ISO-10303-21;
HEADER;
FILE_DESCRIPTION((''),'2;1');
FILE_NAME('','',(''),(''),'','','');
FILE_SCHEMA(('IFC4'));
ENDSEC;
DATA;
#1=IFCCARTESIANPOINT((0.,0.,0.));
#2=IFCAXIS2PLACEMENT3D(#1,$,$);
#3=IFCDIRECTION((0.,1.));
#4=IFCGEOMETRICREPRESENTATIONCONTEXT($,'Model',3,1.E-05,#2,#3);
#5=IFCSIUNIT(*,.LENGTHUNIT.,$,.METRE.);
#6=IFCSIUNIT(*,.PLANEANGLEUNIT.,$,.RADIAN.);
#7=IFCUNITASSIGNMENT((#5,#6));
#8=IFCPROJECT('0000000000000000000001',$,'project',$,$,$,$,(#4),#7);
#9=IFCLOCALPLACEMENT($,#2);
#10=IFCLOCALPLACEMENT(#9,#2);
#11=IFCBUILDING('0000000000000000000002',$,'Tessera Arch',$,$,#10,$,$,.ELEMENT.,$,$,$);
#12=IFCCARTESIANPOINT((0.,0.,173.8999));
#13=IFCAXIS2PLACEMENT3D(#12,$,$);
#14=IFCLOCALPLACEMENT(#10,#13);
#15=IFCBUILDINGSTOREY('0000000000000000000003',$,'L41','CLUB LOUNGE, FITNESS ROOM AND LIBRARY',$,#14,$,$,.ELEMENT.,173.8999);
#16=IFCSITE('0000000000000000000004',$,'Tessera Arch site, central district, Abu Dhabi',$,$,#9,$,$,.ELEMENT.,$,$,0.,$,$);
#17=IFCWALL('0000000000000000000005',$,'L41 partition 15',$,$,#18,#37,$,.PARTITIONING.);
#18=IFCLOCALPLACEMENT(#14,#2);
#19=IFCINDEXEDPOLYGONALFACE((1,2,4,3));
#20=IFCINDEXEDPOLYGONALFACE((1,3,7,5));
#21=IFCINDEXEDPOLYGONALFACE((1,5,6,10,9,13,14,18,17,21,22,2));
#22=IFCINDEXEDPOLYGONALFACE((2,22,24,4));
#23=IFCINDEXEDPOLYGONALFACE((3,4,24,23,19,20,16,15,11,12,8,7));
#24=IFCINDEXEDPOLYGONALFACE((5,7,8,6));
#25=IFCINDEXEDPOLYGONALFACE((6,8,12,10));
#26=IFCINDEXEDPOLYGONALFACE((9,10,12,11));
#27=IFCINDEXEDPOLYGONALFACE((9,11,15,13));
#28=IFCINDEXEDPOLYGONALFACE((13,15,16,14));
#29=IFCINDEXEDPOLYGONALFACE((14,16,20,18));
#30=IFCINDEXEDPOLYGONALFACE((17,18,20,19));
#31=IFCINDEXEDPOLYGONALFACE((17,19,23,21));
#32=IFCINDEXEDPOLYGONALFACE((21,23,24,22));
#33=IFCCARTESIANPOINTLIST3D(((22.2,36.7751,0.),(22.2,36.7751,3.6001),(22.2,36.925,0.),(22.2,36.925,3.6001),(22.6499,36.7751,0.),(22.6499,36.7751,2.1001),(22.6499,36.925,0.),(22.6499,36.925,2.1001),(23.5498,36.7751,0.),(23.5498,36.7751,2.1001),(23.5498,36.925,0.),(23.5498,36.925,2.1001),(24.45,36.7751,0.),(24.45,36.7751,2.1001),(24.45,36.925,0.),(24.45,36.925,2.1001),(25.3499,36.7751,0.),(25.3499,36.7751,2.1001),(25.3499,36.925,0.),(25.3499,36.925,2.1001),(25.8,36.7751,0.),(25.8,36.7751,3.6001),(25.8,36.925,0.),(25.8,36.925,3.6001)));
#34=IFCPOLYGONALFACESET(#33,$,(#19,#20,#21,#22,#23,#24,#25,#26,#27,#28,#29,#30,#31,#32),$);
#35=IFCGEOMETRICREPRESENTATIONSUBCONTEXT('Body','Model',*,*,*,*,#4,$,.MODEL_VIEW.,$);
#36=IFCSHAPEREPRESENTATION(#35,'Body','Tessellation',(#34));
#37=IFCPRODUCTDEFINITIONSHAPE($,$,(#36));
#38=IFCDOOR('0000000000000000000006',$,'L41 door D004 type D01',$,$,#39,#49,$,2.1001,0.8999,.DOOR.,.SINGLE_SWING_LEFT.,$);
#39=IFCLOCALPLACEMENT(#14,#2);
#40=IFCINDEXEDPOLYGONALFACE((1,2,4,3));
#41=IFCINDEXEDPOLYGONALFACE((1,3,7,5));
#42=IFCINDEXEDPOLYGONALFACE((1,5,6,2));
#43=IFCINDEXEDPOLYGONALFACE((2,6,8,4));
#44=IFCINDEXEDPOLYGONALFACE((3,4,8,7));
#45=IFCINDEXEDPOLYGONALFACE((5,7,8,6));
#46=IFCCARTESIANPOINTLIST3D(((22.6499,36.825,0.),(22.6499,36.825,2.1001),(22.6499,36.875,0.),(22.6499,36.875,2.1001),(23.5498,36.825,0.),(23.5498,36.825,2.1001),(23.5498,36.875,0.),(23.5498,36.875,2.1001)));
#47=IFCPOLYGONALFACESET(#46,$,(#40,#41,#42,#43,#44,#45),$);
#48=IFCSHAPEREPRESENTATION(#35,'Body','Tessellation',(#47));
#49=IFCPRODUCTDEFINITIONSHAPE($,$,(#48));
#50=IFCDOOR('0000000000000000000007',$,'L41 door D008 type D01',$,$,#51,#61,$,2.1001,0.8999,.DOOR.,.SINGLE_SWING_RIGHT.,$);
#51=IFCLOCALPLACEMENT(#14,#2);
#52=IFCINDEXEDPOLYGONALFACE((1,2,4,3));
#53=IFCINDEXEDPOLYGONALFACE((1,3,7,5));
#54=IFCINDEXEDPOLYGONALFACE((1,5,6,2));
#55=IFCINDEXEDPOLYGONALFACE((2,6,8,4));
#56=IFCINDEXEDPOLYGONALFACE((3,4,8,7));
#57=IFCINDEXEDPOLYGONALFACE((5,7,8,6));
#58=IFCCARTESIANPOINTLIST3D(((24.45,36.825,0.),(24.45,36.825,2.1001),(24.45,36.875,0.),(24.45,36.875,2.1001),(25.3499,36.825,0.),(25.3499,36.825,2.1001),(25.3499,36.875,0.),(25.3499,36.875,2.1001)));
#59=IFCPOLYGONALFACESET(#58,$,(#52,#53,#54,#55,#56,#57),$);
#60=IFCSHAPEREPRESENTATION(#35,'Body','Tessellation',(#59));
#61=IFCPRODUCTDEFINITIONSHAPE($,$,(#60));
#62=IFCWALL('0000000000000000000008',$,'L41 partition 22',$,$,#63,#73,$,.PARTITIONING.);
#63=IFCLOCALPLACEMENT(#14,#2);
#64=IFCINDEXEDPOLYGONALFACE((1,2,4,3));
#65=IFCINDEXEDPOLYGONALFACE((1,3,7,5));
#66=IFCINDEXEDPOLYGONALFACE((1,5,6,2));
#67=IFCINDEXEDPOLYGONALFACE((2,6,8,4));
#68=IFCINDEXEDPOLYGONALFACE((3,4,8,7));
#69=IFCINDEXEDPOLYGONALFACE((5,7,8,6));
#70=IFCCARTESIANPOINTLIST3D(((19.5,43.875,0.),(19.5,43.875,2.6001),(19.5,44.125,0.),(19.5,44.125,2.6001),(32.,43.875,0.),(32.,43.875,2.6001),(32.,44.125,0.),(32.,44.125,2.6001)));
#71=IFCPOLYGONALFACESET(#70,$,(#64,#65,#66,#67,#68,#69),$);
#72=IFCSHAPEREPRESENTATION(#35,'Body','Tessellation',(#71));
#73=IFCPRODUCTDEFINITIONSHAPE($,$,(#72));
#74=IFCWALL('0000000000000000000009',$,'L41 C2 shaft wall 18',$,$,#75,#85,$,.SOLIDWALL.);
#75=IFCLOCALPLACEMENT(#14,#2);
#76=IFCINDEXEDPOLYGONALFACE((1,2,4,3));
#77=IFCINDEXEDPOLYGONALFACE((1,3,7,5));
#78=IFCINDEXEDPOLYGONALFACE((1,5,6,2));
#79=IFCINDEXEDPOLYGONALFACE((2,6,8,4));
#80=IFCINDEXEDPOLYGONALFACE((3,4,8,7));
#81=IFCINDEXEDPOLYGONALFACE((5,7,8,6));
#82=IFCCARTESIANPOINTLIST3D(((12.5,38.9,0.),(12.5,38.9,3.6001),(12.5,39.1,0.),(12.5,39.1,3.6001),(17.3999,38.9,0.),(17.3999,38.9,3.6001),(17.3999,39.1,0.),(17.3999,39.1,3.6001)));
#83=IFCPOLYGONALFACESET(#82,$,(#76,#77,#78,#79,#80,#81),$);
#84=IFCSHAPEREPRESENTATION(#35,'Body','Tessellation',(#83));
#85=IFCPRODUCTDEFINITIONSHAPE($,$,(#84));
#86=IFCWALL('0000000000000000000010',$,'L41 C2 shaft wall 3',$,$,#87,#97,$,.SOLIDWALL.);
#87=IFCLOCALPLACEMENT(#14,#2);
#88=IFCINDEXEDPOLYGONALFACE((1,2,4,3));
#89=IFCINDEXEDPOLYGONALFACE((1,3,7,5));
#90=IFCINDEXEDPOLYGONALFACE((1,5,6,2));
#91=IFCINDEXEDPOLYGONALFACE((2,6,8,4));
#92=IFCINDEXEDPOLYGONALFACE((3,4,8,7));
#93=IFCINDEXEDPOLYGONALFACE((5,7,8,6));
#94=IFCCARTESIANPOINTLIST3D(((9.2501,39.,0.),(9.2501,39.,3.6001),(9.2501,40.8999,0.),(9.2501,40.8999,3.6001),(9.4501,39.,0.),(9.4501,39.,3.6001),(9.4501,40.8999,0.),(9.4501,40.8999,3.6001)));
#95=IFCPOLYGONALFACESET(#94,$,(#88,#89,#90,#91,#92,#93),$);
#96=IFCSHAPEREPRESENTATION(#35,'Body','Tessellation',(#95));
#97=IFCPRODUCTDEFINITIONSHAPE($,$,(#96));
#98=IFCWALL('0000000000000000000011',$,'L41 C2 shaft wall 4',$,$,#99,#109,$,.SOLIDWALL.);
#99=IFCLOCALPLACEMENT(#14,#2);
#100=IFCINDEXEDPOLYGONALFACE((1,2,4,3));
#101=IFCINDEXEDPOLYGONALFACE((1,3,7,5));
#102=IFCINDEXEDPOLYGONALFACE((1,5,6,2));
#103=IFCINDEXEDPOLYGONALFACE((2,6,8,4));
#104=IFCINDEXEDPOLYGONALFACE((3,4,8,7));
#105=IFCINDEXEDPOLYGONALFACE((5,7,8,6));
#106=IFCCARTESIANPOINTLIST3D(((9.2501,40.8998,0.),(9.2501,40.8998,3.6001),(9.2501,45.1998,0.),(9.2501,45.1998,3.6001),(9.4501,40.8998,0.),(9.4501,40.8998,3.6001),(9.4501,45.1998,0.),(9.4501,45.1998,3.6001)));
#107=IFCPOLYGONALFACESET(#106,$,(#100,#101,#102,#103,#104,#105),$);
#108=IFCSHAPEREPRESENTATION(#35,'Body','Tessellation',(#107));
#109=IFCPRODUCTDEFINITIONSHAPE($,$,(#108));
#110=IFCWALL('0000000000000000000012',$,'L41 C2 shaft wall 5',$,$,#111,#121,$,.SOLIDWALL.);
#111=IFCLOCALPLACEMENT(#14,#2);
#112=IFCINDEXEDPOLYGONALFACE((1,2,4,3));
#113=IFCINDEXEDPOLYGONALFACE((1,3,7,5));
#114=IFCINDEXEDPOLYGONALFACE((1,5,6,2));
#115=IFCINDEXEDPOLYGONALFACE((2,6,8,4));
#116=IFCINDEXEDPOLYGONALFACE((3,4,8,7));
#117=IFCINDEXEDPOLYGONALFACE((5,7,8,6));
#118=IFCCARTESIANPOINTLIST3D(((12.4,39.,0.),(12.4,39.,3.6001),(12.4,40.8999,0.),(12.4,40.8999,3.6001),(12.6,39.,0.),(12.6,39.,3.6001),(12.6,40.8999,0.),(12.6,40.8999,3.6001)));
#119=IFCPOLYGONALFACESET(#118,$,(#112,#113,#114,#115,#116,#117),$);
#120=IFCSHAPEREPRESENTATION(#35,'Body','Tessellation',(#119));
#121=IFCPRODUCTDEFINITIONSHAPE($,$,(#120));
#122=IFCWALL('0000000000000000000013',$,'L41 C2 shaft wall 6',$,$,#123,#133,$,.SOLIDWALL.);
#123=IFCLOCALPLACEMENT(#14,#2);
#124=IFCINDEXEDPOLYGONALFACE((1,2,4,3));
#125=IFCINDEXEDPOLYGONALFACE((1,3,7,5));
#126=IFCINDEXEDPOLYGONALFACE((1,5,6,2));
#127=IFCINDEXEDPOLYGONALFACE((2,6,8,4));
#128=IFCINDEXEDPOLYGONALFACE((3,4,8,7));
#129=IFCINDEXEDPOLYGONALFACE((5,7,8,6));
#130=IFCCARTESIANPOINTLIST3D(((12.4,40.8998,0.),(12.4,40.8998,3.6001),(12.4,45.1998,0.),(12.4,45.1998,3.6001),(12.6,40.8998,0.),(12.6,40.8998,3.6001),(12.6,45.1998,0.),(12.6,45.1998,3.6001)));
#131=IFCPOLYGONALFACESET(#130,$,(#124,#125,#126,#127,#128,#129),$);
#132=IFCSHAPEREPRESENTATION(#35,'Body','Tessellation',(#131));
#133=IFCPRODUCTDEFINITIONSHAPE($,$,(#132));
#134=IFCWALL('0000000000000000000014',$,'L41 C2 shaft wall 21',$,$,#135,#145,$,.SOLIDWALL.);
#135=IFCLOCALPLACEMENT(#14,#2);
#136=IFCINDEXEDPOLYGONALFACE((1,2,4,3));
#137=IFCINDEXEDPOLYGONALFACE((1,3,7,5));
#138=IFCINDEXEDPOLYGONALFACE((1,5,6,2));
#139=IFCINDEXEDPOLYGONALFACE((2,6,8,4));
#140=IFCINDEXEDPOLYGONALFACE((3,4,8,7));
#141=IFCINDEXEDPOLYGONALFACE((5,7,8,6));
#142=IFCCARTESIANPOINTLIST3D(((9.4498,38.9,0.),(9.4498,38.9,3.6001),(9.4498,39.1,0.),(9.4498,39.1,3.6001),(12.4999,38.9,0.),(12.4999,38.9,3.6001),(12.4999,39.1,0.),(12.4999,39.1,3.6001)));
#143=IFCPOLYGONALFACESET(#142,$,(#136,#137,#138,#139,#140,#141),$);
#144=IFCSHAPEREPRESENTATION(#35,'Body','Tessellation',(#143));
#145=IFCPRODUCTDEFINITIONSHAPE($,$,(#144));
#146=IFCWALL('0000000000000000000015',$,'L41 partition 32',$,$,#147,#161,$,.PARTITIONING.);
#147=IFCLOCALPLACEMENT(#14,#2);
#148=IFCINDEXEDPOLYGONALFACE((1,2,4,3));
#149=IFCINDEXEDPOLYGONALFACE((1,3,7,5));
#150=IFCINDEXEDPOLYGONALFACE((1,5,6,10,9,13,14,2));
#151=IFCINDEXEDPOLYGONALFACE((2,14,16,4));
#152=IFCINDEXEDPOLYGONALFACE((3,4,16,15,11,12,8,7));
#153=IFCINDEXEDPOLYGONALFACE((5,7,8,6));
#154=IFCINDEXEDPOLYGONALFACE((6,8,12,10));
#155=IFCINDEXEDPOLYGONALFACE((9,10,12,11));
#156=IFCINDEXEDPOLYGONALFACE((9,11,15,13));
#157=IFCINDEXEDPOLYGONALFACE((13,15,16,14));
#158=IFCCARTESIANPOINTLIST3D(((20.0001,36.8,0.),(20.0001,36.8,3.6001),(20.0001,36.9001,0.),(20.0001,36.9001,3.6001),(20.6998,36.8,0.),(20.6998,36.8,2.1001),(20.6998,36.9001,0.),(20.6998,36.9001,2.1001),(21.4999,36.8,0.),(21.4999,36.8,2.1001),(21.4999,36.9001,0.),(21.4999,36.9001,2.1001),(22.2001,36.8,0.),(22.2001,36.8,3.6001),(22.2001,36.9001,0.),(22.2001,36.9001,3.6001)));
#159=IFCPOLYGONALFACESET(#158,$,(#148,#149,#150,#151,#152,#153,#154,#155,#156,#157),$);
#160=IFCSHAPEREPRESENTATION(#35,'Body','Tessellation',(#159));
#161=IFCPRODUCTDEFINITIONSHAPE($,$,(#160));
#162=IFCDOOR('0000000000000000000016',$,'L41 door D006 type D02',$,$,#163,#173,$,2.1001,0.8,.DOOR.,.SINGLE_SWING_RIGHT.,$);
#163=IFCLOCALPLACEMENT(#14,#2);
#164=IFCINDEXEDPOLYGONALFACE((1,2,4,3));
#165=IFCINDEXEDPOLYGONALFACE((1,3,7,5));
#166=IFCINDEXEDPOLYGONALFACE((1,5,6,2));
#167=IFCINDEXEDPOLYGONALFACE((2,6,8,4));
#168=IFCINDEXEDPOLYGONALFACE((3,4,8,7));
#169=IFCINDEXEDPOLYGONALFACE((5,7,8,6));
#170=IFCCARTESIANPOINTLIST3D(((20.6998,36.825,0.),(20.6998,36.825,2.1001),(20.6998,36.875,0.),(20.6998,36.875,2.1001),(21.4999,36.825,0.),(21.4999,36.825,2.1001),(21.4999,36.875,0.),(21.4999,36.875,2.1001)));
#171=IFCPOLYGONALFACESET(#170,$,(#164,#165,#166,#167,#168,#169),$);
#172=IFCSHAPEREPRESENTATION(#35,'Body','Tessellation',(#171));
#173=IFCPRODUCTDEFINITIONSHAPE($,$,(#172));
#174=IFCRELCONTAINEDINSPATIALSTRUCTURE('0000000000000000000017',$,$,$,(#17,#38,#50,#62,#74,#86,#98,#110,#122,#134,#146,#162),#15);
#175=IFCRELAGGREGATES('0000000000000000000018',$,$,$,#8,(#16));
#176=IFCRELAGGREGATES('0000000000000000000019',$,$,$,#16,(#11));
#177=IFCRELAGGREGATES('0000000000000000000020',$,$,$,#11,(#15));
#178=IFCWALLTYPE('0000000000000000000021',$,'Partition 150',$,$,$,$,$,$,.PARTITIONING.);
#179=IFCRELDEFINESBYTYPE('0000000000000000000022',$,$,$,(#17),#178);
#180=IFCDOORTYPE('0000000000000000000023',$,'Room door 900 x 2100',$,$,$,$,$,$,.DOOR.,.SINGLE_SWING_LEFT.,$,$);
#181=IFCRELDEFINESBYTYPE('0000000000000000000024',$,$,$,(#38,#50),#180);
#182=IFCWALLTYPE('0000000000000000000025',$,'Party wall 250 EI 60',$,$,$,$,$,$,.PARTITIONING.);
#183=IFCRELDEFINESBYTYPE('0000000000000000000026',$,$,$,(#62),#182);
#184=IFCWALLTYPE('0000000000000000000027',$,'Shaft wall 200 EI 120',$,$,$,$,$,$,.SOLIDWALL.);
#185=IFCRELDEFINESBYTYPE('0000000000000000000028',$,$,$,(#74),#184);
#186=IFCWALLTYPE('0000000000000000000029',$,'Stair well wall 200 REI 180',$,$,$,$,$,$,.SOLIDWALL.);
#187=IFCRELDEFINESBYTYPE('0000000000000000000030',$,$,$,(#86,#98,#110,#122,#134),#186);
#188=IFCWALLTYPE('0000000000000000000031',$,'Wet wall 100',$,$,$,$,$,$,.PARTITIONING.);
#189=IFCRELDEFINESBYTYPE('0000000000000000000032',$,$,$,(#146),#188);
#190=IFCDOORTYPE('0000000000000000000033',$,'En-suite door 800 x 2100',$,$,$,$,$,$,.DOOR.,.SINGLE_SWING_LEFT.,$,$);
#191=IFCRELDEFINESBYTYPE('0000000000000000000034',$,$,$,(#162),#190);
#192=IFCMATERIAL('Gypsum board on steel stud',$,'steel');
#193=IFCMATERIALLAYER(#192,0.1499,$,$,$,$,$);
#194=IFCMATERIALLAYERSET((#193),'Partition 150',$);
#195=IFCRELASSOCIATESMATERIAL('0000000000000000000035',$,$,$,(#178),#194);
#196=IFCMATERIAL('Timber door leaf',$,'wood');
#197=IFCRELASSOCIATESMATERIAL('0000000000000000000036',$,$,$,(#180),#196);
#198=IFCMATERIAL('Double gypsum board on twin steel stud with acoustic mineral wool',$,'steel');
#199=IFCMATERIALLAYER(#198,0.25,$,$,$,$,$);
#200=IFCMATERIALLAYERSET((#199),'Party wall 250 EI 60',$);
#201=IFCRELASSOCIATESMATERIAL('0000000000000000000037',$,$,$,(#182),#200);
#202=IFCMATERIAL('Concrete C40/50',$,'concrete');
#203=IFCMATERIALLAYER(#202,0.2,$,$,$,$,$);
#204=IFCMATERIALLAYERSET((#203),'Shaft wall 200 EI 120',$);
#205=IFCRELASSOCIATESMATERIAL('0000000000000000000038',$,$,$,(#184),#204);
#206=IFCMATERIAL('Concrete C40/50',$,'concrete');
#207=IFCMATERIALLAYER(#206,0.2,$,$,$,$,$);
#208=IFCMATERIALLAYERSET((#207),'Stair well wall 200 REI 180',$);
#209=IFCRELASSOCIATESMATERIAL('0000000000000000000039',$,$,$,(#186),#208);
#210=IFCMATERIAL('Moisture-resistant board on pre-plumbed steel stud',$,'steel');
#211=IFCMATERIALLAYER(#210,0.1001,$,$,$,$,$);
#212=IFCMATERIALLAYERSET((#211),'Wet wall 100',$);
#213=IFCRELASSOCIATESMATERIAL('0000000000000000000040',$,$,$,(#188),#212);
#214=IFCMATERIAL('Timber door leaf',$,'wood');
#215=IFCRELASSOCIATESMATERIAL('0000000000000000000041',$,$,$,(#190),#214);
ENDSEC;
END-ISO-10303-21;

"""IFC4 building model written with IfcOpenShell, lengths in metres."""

from ifc_helpers import new_model, si_unit, direction, frame, frame_2d, origin, place, context, subcontext, project, spatial, rectangle, extrude, material, layer, layer_set, type_object, element, fill, save


model = new_model("IFC4")

# Units and contexts
model_context = context("Model", 3, precision=1e-05, world=origin(), true_north=direction((0.0, 1.0)))
body_context = subcontext(model_context, "Body", "Model", "MODEL_VIEW")
ifc_project = project(units=[si_unit("LENGTHUNIT", "METRE"), si_unit("PLANEANGLEUNIT", "RADIAN")], contexts=[model_context])

# Site, building, storey
site_placement = place(None, origin())
site = spatial("IfcSite", under=ifc_project, at=site_placement, Name="Tessera Arch site, central district, Abu Dhabi", CompositionType="ELEMENT", RefElevation=0.0)
building_placement = place(site_placement, origin())
building = spatial("IfcBuilding", under=site, at=building_placement, Name="Tessera Arch", CompositionType="ELEMENT")
storey_placement = place(building_placement, frame((0.0, 0.0, 173.8999)))
storey = spatial("IfcBuildingStorey", under=building, at=storey_placement, Name="L41", Description="CLUB LOUNGE, FITNESS ROOM AND LIBRARY", CompositionType="ELEMENT", Elevation=173.8999)

# Wall, openings, doors
ifc_material_1 = material(Name="Gypsum board on steel stud", Category="steel")
ifc_layer_1 = layer(ifc_material_1, 0.1499)
ifc_layer_set_1 = layer_set([ifc_layer_1], Name="Partition 150")
wall_type_1 = type_object("IfcWallType", Name="Partition 150", PredefinedType="PARTITIONING", material=ifc_layer_set_1)
wall_1_placement = place(storey_placement, frame((22.2, 36.8501, 0.0), z_axis=(0.0, 0.0, 1.0), x_axis=(1.0, 0.0, 0.0)))
wall_1 = element("IfcWall", 1, at=wall_1_placement, inside=storey, type_object=wall_type_1, Name="L41 partition 15", PredefinedType="PARTITIONING", context=body_context, shape_type="SweptSolid", body=[
    extrude(rectangle(XDim=3.6001, YDim=0.1499, at=frame_2d((1.8, 0.0))), origin(), (0.0, 0.0, 1.0), 3.6001),
])
opening_1_placement = place(wall_1_placement, frame((0.45, 0.0, 0.0)))
opening_1 = element("IfcOpeningElement", 2, at=opening_1_placement, cuts=wall_1, PredefinedType="OPENING", context=body_context, shape_type="SweptSolid", body=[
    extrude(rectangle(XDim=0.8999, YDim=2.1001, at=frame_2d((0.45, 1.05))), frame((0.0, 0.085, 0.0), z_axis=(0.0, -1.0, 0.0), x_axis=(1.0, 0.0, 0.0)), (0.0, 0.0, 1.0), 0.1699),
])
opening_2_placement = place(wall_1_placement, frame((2.25, 0.0, 0.0)))
opening_2 = element("IfcOpeningElement", 3, at=opening_2_placement, cuts=wall_1, PredefinedType="OPENING", context=body_context, shape_type="SweptSolid", body=[
    extrude(rectangle(XDim=0.8999, YDim=2.1001, at=frame_2d((0.45, 1.05))), frame((0.0, 0.085, 0.0), z_axis=(0.0, -1.0, 0.0), x_axis=(1.0, 0.0, 0.0)), (0.0, 0.0, 1.0), 0.1699),
])
ifc_material_2 = material(Name="Timber door leaf", Category="wood")
door_type_1 = type_object("IfcDoorType", Name="Room door 900 x 2100", OperationType="SINGLE_SWING_LEFT", PredefinedType="DOOR", material=ifc_material_2)
door_1_placement = place(opening_1_placement, origin())
door_1 = element("IfcDoor", 4, at=door_1_placement, inside=storey, type_object=door_type_1, Name="L41 door D004 type D01", OperationType="SINGLE_SWING_LEFT", OverallHeight=2.1001, OverallWidth=0.8999, PredefinedType="DOOR", context=body_context, shape_type="SweptSolid", body=[
    extrude(rectangle(XDim=0.8999, YDim=2.1001, at=frame_2d((0.45, 1.05))), frame((0.0, 0.0249, 0.0), z_axis=(0.0, -1.0, 0.0), x_axis=(1.0, 0.0, 0.0)), (0.0, 0.0, 1.0), 0.05),
])
fill(opening_1, door_1)
door_2_placement = place(opening_2_placement, origin())
door_2 = element("IfcDoor", 5, at=door_2_placement, inside=storey, type_object=door_type_1, Name="L41 door D008 type D01", OperationType="SINGLE_SWING_RIGHT", OverallHeight=2.1001, OverallWidth=0.8999, PredefinedType="DOOR", context=body_context, shape_type="SweptSolid", body=[
    extrude(rectangle(XDim=0.8999, YDim=2.1001, at=frame_2d((0.45, 1.05))), frame((0.0, 0.0249, 0.0), z_axis=(0.0, -1.0, 0.0), x_axis=(1.0, 0.0, 0.0)), (0.0, 0.0, 1.0), 0.05),
])
fill(opening_2, door_2)

# Walls
ifc_material_3 = material(Name="Double gypsum board on twin steel stud with acoustic mineral wool", Category="steel")
ifc_layer_2 = layer(ifc_material_3, 0.25)
ifc_layer_set_2 = layer_set([ifc_layer_2], Name="Party wall 250 EI 60")
wall_type_2 = type_object("IfcWallType", Name="Party wall 250 EI 60", PredefinedType="PARTITIONING", material=ifc_layer_set_2)
wall_2_placement = place(storey_placement, frame((19.5, 44.0, 0.0), z_axis=(0.0, 0.0, 1.0), x_axis=(1.0, 0.0, 0.0)))
element("IfcWall", 6, at=wall_2_placement, inside=storey, type_object=wall_type_2, Name="L41 partition 22", PredefinedType="PARTITIONING", context=body_context, shape_type="SweptSolid", body=[
    extrude(rectangle(XDim=12.5, YDim=0.25, at=frame_2d((6.25, 0.0))), origin(), (0.0, 0.0, 1.0), 2.6001),
])
ifc_material_4 = material(Name="Concrete C40/50", Category="concrete")
ifc_layer_3 = layer(ifc_material_4, 0.2)
ifc_layer_set_3 = layer_set([ifc_layer_3], Name="Shaft wall 200 EI 120")
wall_type_3 = type_object("IfcWallType", Name="Shaft wall 200 EI 120", PredefinedType="SOLIDWALL", material=ifc_layer_set_3)
wall_3_placement = place(storey_placement, frame((12.5, 39.0, 0.0), z_axis=(0.0, 0.0, 1.0), x_axis=(1.0, 0.0, 0.0)))
element("IfcWall", 7, at=wall_3_placement, inside=storey, type_object=wall_type_3, Name="L41 C2 shaft wall 18", PredefinedType="SOLIDWALL", context=body_context, shape_type="SweptSolid", body=[
    extrude(rectangle(XDim=4.8999, YDim=0.2, at=frame_2d((2.45, 0.0))), origin(), (0.0, 0.0, 1.0), 3.6001),
])
ifc_material_5 = material(Name="Concrete C40/50", Category="concrete")
ifc_layer_4 = layer(ifc_material_5, 0.2)
ifc_layer_set_4 = layer_set([ifc_layer_4], Name="Stair well wall 200 REI 180")
wall_type_4 = type_object("IfcWallType", Name="Stair well wall 200 REI 180", PredefinedType="SOLIDWALL", material=ifc_layer_set_4)
wall_4_placement = place(storey_placement, frame((9.3501, 39.0, 0.0), z_axis=(0.0, 0.0, 1.0), x_axis=(0.0, 1.0, 0.0)))
element("IfcWall", 8, at=wall_4_placement, inside=storey, type_object=wall_type_4, Name="L41 C2 shaft wall 3", PredefinedType="SOLIDWALL", context=body_context, shape_type="SweptSolid", body=[
    extrude(rectangle(XDim=1.8999, YDim=0.2, at=frame_2d((0.95, 0.0))), origin(), (0.0, 0.0, 1.0), 3.6001),
])
wall_5_placement = place(storey_placement, frame((9.3501, 40.8999, 0.0), z_axis=(0.0, 0.0, 1.0), x_axis=(0.0, 1.0, 0.0)))
element("IfcWall", 9, at=wall_5_placement, inside=storey, type_object=wall_type_4, Name="L41 C2 shaft wall 4", PredefinedType="SOLIDWALL", context=body_context, shape_type="SweptSolid", body=[
    extrude(rectangle(XDim=4.3, YDim=0.2, at=frame_2d((2.1499, 0.0))), origin(), (0.0, 0.0, 1.0), 3.6001),
])
wall_6_placement = place(storey_placement, frame((12.5, 39.0, 0.0), z_axis=(0.0, 0.0, 1.0), x_axis=(0.0, 1.0, 0.0)))
element("IfcWall", 10, at=wall_6_placement, inside=storey, type_object=wall_type_4, Name="L41 C2 shaft wall 5", PredefinedType="SOLIDWALL", context=body_context, shape_type="SweptSolid", body=[
    extrude(rectangle(XDim=1.8999, YDim=0.2, at=frame_2d((0.95, 0.0))), origin(), (0.0, 0.0, 1.0), 3.6001),
])
wall_7_placement = place(storey_placement, frame((12.5, 40.8999, 0.0), z_axis=(0.0, 0.0, 1.0), x_axis=(0.0, 1.0, 0.0)))
element("IfcWall", 11, at=wall_7_placement, inside=storey, type_object=wall_type_4, Name="L41 C2 shaft wall 6", PredefinedType="SOLIDWALL", context=body_context, shape_type="SweptSolid", body=[
    extrude(rectangle(XDim=4.3, YDim=0.2, at=frame_2d((2.1499, 0.0))), origin(), (0.0, 0.0, 1.0), 3.6001),
])
wall_8_placement = place(storey_placement, frame((9.45, 39.0, 0.0), z_axis=(0.0, 0.0, 1.0), x_axis=(1.0, 0.0, 0.0)))
element("IfcWall", 12, at=wall_8_placement, inside=storey, type_object=wall_type_4, Name="L41 C2 shaft wall 21", PredefinedType="SOLIDWALL", context=body_context, shape_type="SweptSolid", body=[
    extrude(rectangle(XDim=3.05, YDim=0.2, at=frame_2d((1.5249, 0.0))), origin(), (0.0, 0.0, 1.0), 3.6001),
])

# Wall, opening, door
ifc_material_6 = material(Name="Moisture-resistant board on pre-plumbed steel stud", Category="steel")
ifc_layer_5 = layer(ifc_material_6, 0.1001)
ifc_layer_set_5 = layer_set([ifc_layer_5], Name="Wet wall 100")
wall_type_5 = type_object("IfcWallType", Name="Wet wall 100", PredefinedType="PARTITIONING", material=ifc_layer_set_5)
wall_9_placement = place(storey_placement, frame((20.0, 36.8501, 0.0), z_axis=(0.0, 0.0, 1.0), x_axis=(1.0, 0.0, 0.0)))
wall_9 = element("IfcWall", 13, at=wall_9_placement, inside=storey, type_object=wall_type_5, Name="L41 partition 32", PredefinedType="PARTITIONING", context=body_context, shape_type="SweptSolid", body=[
    extrude(rectangle(XDim=2.2, YDim=0.1001, at=frame_2d((1.1001, 0.0))), origin(), (0.0, 0.0, 1.0), 3.6001),
])
opening_3_placement = place(wall_9_placement, frame((0.7, 0.0, 0.0)))
opening_3 = element("IfcOpeningElement", 14, at=opening_3_placement, cuts=wall_9, PredefinedType="OPENING", context=body_context, shape_type="SweptSolid", body=[
    extrude(rectangle(XDim=0.8, YDim=2.1001, at=frame_2d((0.3999, 1.05))), frame((0.0, 0.0601, 0.0), z_axis=(0.0, -1.0, 0.0), x_axis=(1.0, 0.0, 0.0)), (0.0, 0.0, 1.0), 0.1201),
])
ifc_material_7 = material(Name="Timber door leaf", Category="wood")
door_type_2 = type_object("IfcDoorType", Name="En-suite door 800 x 2100", OperationType="SINGLE_SWING_LEFT", PredefinedType="DOOR", material=ifc_material_7)
door_3_placement = place(opening_3_placement, origin())
door_3 = element("IfcDoor", 15, at=door_3_placement, inside=storey, type_object=door_type_2, Name="L41 door D006 type D02", OperationType="SINGLE_SWING_RIGHT", OverallHeight=2.1001, OverallWidth=0.8, PredefinedType="DOOR", context=body_context, shape_type="SweptSolid", body=[
    extrude(rectangle(XDim=0.8, YDim=2.1001, at=frame_2d((0.3999, 1.05))), frame((0.0, 0.0249, 0.0), z_axis=(0.0, -1.0, 0.0), x_axis=(1.0, 0.0, 0.0)), (0.0, 0.0, 1.0), 0.05),
])
fill(opening_3, door_3)

save(model, "model.ifc")
